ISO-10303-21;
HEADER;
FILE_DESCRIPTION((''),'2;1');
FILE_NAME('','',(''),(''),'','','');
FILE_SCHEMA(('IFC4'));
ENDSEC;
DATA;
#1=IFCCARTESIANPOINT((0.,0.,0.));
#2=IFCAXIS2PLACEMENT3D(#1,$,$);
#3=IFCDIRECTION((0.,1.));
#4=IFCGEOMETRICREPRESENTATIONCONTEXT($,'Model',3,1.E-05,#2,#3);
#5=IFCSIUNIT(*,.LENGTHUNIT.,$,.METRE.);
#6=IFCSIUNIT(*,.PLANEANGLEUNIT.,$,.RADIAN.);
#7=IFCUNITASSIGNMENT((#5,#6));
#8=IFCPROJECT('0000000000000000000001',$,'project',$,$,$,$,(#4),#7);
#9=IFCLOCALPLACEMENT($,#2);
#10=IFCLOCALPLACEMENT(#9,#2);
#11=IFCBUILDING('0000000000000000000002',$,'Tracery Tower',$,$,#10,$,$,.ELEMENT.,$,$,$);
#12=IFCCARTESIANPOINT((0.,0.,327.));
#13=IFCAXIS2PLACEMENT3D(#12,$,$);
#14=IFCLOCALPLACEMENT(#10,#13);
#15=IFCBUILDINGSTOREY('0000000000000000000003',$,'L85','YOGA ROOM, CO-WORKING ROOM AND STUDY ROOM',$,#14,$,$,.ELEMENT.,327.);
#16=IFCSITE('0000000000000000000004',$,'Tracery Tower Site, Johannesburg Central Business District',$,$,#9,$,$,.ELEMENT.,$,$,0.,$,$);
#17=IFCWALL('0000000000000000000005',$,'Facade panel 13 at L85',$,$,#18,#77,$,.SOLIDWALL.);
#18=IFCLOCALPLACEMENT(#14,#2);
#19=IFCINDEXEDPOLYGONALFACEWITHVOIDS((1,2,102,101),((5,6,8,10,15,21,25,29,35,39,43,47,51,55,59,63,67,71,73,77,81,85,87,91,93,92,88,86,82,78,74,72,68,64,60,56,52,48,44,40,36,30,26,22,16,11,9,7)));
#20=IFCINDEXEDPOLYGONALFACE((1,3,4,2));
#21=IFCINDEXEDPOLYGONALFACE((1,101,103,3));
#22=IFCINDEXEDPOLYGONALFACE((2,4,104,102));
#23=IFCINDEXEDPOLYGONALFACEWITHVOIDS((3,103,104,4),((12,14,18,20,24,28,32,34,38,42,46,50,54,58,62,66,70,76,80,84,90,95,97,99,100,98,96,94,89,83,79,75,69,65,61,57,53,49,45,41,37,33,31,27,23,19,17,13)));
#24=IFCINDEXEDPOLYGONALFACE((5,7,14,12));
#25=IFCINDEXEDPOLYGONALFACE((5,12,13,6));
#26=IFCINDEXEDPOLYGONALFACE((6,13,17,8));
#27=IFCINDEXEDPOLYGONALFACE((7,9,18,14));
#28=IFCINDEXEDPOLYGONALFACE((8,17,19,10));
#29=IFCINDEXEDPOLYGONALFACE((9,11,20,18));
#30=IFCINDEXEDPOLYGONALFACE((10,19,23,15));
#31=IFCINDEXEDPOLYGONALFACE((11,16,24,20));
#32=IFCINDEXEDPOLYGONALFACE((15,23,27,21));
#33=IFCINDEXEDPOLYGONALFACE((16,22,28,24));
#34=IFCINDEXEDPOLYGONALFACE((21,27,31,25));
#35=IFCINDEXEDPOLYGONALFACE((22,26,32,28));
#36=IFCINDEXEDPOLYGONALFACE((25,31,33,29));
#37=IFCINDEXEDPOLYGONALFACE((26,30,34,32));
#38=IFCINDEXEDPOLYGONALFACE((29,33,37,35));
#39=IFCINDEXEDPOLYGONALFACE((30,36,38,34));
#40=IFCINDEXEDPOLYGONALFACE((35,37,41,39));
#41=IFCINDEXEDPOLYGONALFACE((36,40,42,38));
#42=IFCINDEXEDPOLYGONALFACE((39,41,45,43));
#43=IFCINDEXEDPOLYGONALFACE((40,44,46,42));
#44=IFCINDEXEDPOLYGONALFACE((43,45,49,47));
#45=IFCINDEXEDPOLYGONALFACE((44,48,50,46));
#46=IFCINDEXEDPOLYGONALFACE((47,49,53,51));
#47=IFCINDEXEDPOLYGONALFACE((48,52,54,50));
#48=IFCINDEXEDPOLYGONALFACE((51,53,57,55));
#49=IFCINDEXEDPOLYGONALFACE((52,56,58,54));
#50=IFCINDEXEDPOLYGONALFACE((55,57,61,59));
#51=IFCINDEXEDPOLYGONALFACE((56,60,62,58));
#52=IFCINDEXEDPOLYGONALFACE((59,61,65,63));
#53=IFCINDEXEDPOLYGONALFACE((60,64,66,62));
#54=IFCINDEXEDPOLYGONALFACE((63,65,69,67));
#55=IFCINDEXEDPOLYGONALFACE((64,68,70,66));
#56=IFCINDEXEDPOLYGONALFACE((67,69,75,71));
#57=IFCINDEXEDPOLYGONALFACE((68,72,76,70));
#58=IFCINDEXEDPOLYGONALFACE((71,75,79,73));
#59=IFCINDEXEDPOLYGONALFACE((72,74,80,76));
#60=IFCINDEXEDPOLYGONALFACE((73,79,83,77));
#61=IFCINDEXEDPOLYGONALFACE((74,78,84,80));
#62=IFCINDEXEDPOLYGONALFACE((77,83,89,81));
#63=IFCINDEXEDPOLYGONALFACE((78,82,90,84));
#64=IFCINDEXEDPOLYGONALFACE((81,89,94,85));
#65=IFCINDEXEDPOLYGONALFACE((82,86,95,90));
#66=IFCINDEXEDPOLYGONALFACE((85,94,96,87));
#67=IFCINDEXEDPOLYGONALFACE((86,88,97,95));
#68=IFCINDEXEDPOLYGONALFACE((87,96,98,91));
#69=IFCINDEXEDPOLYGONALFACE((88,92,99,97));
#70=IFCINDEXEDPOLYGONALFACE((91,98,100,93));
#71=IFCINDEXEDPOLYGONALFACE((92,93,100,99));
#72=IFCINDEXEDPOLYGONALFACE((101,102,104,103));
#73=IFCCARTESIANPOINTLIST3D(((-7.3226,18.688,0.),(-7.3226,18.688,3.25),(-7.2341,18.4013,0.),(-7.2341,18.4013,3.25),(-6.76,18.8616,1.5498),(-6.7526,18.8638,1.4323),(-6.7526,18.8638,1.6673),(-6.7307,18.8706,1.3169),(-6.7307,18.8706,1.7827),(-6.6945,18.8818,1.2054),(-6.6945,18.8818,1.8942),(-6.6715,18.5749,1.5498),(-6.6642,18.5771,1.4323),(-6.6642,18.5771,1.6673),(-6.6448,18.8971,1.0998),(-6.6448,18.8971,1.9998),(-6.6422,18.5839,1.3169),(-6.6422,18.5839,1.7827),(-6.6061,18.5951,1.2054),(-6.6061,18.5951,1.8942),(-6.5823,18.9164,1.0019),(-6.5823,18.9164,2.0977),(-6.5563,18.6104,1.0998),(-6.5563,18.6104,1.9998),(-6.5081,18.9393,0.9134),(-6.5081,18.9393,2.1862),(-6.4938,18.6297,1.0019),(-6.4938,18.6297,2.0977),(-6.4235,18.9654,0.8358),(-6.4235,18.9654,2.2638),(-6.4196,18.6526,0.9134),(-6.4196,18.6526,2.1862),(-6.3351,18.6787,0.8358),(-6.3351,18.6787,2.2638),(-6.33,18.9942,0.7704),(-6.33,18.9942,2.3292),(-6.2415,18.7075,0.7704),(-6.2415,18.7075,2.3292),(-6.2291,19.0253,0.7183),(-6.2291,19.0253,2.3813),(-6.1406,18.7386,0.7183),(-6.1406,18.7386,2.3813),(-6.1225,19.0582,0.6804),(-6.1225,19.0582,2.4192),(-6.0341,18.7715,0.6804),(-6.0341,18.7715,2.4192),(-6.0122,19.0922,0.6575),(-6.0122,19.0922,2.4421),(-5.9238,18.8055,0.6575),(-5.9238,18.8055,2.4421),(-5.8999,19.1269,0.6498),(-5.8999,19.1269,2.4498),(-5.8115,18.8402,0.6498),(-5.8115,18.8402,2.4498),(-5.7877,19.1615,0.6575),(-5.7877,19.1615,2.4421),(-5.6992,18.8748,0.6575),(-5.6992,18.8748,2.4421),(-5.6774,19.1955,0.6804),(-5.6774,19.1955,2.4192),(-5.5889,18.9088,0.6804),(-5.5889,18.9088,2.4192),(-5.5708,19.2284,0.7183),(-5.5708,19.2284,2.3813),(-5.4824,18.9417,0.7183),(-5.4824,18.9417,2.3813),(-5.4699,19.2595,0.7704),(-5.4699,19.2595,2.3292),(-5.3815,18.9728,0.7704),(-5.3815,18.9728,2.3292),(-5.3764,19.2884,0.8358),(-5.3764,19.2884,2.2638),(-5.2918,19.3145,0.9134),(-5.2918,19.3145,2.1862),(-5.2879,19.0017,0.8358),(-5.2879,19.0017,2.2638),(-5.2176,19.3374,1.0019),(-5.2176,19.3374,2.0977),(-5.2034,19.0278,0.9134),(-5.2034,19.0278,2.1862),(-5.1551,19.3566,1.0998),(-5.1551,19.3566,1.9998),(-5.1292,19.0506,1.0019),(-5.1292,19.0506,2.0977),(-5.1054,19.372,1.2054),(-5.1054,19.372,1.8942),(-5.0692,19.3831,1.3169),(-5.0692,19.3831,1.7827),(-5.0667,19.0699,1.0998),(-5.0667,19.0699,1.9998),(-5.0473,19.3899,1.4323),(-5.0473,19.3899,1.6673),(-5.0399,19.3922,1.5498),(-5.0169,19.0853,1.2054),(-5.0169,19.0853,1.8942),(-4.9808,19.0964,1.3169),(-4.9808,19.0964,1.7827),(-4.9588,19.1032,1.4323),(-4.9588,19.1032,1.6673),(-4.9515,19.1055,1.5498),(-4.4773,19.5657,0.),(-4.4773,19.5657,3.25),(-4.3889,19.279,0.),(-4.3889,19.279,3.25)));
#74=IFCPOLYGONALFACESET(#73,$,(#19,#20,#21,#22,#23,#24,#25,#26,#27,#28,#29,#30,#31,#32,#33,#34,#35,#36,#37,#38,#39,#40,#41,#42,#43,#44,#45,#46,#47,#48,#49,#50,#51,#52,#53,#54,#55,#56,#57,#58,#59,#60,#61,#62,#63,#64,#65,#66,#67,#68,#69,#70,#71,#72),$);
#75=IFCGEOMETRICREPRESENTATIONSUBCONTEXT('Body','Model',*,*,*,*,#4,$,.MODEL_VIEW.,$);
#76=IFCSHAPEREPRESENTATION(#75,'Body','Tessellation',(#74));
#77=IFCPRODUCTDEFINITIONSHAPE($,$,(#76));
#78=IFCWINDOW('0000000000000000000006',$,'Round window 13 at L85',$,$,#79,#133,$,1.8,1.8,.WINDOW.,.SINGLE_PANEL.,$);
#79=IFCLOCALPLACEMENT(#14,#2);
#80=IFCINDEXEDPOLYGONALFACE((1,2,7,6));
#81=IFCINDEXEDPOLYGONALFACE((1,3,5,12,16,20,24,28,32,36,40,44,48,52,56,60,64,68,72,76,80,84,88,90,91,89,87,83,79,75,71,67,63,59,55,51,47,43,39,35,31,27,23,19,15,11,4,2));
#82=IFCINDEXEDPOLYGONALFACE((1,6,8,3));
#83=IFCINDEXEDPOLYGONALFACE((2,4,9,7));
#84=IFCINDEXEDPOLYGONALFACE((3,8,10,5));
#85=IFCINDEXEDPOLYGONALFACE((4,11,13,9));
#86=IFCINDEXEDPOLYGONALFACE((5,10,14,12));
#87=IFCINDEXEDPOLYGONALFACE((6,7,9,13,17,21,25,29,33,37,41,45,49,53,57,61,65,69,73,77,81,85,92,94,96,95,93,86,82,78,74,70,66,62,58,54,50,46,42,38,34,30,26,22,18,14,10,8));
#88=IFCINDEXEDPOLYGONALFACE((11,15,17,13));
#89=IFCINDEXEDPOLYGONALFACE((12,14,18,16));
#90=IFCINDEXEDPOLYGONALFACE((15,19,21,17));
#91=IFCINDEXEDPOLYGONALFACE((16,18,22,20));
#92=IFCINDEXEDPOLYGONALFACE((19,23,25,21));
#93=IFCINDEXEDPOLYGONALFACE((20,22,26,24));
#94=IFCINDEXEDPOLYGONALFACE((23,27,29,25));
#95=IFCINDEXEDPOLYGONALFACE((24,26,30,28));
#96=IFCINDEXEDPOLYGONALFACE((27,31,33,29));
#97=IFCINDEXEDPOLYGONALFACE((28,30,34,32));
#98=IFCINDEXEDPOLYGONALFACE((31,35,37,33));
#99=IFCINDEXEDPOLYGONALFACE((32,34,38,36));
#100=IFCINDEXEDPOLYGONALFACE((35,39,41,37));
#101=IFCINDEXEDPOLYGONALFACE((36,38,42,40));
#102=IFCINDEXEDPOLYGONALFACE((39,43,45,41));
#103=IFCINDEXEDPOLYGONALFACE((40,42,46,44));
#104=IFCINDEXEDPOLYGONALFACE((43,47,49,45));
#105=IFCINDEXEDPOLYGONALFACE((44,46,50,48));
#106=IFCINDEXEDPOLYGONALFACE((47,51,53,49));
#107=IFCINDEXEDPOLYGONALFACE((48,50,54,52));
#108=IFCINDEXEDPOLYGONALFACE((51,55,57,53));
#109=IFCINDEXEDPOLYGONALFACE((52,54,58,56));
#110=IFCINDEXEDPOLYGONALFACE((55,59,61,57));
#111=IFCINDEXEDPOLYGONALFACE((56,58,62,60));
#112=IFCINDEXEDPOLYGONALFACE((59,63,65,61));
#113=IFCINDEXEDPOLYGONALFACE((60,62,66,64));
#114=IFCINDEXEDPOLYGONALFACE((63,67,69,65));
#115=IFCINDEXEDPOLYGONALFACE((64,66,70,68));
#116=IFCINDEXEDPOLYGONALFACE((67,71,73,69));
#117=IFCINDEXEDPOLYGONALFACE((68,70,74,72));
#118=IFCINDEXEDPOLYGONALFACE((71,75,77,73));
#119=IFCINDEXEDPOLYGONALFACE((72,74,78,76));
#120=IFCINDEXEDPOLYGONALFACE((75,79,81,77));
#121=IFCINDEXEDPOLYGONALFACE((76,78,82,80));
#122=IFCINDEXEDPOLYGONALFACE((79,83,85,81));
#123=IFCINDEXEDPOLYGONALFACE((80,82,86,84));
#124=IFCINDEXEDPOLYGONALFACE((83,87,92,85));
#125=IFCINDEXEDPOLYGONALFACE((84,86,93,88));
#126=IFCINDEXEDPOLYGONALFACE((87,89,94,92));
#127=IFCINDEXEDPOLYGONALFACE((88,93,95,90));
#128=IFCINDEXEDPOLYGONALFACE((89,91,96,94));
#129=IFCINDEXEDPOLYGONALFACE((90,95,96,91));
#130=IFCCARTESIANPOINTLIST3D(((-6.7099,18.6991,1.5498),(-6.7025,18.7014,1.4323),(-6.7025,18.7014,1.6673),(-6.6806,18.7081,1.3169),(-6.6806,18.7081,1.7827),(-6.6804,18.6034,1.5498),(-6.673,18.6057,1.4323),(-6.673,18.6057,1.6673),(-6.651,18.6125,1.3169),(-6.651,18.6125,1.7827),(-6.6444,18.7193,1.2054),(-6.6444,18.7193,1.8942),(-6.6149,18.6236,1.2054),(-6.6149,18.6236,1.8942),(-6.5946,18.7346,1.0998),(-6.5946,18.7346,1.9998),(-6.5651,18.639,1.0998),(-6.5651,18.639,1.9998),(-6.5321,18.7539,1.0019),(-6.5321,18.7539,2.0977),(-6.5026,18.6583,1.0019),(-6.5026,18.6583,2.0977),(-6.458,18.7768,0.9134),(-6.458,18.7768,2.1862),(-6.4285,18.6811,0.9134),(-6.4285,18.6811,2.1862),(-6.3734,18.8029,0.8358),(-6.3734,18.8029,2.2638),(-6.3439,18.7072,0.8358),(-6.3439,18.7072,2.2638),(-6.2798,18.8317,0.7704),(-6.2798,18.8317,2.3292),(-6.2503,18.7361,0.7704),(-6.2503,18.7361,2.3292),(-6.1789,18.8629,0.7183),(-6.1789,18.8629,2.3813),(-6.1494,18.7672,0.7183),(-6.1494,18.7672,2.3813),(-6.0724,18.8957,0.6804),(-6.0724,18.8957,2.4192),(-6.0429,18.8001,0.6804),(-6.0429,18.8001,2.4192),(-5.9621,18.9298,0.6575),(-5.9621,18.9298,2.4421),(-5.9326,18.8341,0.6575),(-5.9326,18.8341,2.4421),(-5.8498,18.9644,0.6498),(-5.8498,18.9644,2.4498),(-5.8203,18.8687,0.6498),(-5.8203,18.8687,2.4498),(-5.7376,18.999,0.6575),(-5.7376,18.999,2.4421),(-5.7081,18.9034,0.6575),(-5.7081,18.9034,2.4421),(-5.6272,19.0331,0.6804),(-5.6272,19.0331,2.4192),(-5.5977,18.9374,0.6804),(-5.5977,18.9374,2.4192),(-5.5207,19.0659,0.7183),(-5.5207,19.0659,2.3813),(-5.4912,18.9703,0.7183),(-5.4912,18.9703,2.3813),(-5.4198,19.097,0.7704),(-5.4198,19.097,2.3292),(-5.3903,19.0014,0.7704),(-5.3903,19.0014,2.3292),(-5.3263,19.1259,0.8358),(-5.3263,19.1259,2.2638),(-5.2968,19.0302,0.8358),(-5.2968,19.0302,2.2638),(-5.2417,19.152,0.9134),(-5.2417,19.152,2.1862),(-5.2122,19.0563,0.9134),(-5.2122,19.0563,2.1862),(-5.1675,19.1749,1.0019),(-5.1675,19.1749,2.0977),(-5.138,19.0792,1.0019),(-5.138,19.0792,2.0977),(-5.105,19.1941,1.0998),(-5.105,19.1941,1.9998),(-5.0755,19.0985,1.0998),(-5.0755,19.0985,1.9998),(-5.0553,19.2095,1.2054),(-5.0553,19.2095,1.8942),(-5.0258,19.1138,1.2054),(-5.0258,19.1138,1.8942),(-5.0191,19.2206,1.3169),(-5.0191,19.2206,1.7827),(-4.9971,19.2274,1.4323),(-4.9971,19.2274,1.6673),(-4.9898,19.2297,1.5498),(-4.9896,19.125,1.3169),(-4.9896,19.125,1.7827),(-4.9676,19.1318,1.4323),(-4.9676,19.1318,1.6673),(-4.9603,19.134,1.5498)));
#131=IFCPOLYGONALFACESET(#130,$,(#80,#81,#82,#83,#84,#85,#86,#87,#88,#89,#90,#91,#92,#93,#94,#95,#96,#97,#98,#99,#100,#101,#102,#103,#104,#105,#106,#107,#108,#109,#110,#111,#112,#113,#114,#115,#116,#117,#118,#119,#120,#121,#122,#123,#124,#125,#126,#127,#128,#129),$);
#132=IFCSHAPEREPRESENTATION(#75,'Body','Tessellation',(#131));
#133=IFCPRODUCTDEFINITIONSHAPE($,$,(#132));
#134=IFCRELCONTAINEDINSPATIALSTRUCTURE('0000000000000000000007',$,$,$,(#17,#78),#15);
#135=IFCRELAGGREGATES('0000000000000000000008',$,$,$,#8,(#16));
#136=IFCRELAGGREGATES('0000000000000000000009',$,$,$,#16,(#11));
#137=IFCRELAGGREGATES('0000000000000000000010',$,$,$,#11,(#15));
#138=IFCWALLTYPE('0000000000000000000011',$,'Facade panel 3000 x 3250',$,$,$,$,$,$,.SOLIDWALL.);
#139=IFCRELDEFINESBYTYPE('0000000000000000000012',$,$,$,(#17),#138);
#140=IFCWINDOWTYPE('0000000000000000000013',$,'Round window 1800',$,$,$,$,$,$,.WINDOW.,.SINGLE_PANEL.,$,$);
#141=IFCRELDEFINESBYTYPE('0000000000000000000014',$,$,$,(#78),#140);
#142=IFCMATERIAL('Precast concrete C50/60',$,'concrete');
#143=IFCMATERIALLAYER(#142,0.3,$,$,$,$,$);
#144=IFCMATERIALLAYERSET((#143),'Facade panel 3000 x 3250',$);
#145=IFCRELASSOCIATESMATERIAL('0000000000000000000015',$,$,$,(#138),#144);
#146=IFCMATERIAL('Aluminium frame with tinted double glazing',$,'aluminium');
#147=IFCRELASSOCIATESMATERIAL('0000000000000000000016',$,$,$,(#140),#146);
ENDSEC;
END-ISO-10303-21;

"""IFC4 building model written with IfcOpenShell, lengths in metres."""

from ifc_helpers import new_model, si_unit, direction, frame, frame_2d, origin, origin_2d, place, context, subcontext, project, spatial, rectangle, circle, extrude, material, layer, layer_set, type_object, element, fill, save


model = new_model("IFC4")

# Units and contexts
model_context = context("Model", 3, precision=1e-05, world=origin(), true_north=direction((0.0, 1.0)))
body_context = subcontext(model_context, "Body", "Model", "MODEL_VIEW")
ifc_project = project(units=[si_unit("LENGTHUNIT", "METRE"), si_unit("PLANEANGLEUNIT", "RADIAN")], contexts=[model_context])

# Site, building, storey
site_placement = place(None, origin())
site = spatial("IfcSite", under=ifc_project, at=site_placement, Name="Tracery Tower Site, Johannesburg Central Business District", CompositionType="ELEMENT", RefElevation=0.0)
building_placement = place(site_placement, origin())
building = spatial("IfcBuilding", under=site, at=building_placement, Name="Tracery Tower", CompositionType="ELEMENT")
storey_placement = place(building_placement, frame((0.0, 0.0, 327.0)))
storey = spatial("IfcBuildingStorey", under=building, at=storey_placement, Name="L85", Description="YOGA ROOM, CO-WORKING ROOM AND STUDY ROOM", CompositionType="ELEMENT", Elevation=327.0)

# Wall, opening, window
ifc_material_1 = material(Name="Precast concrete C50/60", Category="concrete")
ifc_layer_1 = layer(ifc_material_1, 0.3)
ifc_layer_set_1 = layer_set([ifc_layer_1], Name="Facade panel 3000 x 3250")
wall_type_1 = type_object("IfcWallType", Name="Facade panel 3000 x 3250", PredefinedType="SOLIDWALL", material=ifc_layer_set_1)
wall_1_placement = place(storey_placement, frame((-4.4331, 19.4224, 0.0), z_axis=(0.0, 0.0, 1.0), x_axis=(-0.955568, -0.294771, 0.0)))
wall_1 = element("IfcWall", 1, at=wall_1_placement, inside=storey, type_object=wall_type_1, Name="Facade panel 13 at L85", PredefinedType="SOLIDWALL", context=body_context, shape_type="SweptSolid", body=[
    extrude(rectangle(XDim=2.9775, YDim=0.3, at=frame_2d((1.4888, 0.0))), origin(), (0.0, 0.0, 1.0), 3.25),
])
opening_1_placement = place(wall_1_placement, frame((1.4888, 0.0, 1.5498)))
opening_1 = element("IfcOpeningElement", 2, at=opening_1_placement, cuts=wall_1, PredefinedType="OPENING", context=body_context, shape_type="SweptSolid", body=[
    extrude(circle(Radius=0.9, at=origin_2d()), frame((0.0, 0.1599, 0.0), z_axis=(0.0, -1.0, 0.0), x_axis=(1.0, 0.0, 0.0)), (0.0, 0.0, 1.0), 0.3201),
])
ifc_material_2 = material(Name="Aluminium frame with tinted double glazing", Category="aluminium")
window_type = type_object("IfcWindowType", Name="Round window 1800", PartitioningType="SINGLE_PANEL", PredefinedType="WINDOW", material=ifc_material_2)
window_1_placement = place(opening_1_placement, origin())
window_1 = element("IfcWindow", 3, at=window_1_placement, inside=storey, type_object=window_type, Name="Round window 13 at L85", OverallHeight=1.8, OverallWidth=1.8, PartitioningType="SINGLE_PANEL", PredefinedType="WINDOW", context=body_context, shape_type="SweptSolid", body=[
    extrude(circle(Radius=0.9, at=origin_2d()), frame((0.0, 0.1201, 0.0), z_axis=(0.0, -1.0, 0.0), x_axis=(1.0, 0.0, 0.0)), (0.0, 0.0, 1.0), 0.1001),
])
fill(opening_1, window_1)

save(model, "model.ifc")
